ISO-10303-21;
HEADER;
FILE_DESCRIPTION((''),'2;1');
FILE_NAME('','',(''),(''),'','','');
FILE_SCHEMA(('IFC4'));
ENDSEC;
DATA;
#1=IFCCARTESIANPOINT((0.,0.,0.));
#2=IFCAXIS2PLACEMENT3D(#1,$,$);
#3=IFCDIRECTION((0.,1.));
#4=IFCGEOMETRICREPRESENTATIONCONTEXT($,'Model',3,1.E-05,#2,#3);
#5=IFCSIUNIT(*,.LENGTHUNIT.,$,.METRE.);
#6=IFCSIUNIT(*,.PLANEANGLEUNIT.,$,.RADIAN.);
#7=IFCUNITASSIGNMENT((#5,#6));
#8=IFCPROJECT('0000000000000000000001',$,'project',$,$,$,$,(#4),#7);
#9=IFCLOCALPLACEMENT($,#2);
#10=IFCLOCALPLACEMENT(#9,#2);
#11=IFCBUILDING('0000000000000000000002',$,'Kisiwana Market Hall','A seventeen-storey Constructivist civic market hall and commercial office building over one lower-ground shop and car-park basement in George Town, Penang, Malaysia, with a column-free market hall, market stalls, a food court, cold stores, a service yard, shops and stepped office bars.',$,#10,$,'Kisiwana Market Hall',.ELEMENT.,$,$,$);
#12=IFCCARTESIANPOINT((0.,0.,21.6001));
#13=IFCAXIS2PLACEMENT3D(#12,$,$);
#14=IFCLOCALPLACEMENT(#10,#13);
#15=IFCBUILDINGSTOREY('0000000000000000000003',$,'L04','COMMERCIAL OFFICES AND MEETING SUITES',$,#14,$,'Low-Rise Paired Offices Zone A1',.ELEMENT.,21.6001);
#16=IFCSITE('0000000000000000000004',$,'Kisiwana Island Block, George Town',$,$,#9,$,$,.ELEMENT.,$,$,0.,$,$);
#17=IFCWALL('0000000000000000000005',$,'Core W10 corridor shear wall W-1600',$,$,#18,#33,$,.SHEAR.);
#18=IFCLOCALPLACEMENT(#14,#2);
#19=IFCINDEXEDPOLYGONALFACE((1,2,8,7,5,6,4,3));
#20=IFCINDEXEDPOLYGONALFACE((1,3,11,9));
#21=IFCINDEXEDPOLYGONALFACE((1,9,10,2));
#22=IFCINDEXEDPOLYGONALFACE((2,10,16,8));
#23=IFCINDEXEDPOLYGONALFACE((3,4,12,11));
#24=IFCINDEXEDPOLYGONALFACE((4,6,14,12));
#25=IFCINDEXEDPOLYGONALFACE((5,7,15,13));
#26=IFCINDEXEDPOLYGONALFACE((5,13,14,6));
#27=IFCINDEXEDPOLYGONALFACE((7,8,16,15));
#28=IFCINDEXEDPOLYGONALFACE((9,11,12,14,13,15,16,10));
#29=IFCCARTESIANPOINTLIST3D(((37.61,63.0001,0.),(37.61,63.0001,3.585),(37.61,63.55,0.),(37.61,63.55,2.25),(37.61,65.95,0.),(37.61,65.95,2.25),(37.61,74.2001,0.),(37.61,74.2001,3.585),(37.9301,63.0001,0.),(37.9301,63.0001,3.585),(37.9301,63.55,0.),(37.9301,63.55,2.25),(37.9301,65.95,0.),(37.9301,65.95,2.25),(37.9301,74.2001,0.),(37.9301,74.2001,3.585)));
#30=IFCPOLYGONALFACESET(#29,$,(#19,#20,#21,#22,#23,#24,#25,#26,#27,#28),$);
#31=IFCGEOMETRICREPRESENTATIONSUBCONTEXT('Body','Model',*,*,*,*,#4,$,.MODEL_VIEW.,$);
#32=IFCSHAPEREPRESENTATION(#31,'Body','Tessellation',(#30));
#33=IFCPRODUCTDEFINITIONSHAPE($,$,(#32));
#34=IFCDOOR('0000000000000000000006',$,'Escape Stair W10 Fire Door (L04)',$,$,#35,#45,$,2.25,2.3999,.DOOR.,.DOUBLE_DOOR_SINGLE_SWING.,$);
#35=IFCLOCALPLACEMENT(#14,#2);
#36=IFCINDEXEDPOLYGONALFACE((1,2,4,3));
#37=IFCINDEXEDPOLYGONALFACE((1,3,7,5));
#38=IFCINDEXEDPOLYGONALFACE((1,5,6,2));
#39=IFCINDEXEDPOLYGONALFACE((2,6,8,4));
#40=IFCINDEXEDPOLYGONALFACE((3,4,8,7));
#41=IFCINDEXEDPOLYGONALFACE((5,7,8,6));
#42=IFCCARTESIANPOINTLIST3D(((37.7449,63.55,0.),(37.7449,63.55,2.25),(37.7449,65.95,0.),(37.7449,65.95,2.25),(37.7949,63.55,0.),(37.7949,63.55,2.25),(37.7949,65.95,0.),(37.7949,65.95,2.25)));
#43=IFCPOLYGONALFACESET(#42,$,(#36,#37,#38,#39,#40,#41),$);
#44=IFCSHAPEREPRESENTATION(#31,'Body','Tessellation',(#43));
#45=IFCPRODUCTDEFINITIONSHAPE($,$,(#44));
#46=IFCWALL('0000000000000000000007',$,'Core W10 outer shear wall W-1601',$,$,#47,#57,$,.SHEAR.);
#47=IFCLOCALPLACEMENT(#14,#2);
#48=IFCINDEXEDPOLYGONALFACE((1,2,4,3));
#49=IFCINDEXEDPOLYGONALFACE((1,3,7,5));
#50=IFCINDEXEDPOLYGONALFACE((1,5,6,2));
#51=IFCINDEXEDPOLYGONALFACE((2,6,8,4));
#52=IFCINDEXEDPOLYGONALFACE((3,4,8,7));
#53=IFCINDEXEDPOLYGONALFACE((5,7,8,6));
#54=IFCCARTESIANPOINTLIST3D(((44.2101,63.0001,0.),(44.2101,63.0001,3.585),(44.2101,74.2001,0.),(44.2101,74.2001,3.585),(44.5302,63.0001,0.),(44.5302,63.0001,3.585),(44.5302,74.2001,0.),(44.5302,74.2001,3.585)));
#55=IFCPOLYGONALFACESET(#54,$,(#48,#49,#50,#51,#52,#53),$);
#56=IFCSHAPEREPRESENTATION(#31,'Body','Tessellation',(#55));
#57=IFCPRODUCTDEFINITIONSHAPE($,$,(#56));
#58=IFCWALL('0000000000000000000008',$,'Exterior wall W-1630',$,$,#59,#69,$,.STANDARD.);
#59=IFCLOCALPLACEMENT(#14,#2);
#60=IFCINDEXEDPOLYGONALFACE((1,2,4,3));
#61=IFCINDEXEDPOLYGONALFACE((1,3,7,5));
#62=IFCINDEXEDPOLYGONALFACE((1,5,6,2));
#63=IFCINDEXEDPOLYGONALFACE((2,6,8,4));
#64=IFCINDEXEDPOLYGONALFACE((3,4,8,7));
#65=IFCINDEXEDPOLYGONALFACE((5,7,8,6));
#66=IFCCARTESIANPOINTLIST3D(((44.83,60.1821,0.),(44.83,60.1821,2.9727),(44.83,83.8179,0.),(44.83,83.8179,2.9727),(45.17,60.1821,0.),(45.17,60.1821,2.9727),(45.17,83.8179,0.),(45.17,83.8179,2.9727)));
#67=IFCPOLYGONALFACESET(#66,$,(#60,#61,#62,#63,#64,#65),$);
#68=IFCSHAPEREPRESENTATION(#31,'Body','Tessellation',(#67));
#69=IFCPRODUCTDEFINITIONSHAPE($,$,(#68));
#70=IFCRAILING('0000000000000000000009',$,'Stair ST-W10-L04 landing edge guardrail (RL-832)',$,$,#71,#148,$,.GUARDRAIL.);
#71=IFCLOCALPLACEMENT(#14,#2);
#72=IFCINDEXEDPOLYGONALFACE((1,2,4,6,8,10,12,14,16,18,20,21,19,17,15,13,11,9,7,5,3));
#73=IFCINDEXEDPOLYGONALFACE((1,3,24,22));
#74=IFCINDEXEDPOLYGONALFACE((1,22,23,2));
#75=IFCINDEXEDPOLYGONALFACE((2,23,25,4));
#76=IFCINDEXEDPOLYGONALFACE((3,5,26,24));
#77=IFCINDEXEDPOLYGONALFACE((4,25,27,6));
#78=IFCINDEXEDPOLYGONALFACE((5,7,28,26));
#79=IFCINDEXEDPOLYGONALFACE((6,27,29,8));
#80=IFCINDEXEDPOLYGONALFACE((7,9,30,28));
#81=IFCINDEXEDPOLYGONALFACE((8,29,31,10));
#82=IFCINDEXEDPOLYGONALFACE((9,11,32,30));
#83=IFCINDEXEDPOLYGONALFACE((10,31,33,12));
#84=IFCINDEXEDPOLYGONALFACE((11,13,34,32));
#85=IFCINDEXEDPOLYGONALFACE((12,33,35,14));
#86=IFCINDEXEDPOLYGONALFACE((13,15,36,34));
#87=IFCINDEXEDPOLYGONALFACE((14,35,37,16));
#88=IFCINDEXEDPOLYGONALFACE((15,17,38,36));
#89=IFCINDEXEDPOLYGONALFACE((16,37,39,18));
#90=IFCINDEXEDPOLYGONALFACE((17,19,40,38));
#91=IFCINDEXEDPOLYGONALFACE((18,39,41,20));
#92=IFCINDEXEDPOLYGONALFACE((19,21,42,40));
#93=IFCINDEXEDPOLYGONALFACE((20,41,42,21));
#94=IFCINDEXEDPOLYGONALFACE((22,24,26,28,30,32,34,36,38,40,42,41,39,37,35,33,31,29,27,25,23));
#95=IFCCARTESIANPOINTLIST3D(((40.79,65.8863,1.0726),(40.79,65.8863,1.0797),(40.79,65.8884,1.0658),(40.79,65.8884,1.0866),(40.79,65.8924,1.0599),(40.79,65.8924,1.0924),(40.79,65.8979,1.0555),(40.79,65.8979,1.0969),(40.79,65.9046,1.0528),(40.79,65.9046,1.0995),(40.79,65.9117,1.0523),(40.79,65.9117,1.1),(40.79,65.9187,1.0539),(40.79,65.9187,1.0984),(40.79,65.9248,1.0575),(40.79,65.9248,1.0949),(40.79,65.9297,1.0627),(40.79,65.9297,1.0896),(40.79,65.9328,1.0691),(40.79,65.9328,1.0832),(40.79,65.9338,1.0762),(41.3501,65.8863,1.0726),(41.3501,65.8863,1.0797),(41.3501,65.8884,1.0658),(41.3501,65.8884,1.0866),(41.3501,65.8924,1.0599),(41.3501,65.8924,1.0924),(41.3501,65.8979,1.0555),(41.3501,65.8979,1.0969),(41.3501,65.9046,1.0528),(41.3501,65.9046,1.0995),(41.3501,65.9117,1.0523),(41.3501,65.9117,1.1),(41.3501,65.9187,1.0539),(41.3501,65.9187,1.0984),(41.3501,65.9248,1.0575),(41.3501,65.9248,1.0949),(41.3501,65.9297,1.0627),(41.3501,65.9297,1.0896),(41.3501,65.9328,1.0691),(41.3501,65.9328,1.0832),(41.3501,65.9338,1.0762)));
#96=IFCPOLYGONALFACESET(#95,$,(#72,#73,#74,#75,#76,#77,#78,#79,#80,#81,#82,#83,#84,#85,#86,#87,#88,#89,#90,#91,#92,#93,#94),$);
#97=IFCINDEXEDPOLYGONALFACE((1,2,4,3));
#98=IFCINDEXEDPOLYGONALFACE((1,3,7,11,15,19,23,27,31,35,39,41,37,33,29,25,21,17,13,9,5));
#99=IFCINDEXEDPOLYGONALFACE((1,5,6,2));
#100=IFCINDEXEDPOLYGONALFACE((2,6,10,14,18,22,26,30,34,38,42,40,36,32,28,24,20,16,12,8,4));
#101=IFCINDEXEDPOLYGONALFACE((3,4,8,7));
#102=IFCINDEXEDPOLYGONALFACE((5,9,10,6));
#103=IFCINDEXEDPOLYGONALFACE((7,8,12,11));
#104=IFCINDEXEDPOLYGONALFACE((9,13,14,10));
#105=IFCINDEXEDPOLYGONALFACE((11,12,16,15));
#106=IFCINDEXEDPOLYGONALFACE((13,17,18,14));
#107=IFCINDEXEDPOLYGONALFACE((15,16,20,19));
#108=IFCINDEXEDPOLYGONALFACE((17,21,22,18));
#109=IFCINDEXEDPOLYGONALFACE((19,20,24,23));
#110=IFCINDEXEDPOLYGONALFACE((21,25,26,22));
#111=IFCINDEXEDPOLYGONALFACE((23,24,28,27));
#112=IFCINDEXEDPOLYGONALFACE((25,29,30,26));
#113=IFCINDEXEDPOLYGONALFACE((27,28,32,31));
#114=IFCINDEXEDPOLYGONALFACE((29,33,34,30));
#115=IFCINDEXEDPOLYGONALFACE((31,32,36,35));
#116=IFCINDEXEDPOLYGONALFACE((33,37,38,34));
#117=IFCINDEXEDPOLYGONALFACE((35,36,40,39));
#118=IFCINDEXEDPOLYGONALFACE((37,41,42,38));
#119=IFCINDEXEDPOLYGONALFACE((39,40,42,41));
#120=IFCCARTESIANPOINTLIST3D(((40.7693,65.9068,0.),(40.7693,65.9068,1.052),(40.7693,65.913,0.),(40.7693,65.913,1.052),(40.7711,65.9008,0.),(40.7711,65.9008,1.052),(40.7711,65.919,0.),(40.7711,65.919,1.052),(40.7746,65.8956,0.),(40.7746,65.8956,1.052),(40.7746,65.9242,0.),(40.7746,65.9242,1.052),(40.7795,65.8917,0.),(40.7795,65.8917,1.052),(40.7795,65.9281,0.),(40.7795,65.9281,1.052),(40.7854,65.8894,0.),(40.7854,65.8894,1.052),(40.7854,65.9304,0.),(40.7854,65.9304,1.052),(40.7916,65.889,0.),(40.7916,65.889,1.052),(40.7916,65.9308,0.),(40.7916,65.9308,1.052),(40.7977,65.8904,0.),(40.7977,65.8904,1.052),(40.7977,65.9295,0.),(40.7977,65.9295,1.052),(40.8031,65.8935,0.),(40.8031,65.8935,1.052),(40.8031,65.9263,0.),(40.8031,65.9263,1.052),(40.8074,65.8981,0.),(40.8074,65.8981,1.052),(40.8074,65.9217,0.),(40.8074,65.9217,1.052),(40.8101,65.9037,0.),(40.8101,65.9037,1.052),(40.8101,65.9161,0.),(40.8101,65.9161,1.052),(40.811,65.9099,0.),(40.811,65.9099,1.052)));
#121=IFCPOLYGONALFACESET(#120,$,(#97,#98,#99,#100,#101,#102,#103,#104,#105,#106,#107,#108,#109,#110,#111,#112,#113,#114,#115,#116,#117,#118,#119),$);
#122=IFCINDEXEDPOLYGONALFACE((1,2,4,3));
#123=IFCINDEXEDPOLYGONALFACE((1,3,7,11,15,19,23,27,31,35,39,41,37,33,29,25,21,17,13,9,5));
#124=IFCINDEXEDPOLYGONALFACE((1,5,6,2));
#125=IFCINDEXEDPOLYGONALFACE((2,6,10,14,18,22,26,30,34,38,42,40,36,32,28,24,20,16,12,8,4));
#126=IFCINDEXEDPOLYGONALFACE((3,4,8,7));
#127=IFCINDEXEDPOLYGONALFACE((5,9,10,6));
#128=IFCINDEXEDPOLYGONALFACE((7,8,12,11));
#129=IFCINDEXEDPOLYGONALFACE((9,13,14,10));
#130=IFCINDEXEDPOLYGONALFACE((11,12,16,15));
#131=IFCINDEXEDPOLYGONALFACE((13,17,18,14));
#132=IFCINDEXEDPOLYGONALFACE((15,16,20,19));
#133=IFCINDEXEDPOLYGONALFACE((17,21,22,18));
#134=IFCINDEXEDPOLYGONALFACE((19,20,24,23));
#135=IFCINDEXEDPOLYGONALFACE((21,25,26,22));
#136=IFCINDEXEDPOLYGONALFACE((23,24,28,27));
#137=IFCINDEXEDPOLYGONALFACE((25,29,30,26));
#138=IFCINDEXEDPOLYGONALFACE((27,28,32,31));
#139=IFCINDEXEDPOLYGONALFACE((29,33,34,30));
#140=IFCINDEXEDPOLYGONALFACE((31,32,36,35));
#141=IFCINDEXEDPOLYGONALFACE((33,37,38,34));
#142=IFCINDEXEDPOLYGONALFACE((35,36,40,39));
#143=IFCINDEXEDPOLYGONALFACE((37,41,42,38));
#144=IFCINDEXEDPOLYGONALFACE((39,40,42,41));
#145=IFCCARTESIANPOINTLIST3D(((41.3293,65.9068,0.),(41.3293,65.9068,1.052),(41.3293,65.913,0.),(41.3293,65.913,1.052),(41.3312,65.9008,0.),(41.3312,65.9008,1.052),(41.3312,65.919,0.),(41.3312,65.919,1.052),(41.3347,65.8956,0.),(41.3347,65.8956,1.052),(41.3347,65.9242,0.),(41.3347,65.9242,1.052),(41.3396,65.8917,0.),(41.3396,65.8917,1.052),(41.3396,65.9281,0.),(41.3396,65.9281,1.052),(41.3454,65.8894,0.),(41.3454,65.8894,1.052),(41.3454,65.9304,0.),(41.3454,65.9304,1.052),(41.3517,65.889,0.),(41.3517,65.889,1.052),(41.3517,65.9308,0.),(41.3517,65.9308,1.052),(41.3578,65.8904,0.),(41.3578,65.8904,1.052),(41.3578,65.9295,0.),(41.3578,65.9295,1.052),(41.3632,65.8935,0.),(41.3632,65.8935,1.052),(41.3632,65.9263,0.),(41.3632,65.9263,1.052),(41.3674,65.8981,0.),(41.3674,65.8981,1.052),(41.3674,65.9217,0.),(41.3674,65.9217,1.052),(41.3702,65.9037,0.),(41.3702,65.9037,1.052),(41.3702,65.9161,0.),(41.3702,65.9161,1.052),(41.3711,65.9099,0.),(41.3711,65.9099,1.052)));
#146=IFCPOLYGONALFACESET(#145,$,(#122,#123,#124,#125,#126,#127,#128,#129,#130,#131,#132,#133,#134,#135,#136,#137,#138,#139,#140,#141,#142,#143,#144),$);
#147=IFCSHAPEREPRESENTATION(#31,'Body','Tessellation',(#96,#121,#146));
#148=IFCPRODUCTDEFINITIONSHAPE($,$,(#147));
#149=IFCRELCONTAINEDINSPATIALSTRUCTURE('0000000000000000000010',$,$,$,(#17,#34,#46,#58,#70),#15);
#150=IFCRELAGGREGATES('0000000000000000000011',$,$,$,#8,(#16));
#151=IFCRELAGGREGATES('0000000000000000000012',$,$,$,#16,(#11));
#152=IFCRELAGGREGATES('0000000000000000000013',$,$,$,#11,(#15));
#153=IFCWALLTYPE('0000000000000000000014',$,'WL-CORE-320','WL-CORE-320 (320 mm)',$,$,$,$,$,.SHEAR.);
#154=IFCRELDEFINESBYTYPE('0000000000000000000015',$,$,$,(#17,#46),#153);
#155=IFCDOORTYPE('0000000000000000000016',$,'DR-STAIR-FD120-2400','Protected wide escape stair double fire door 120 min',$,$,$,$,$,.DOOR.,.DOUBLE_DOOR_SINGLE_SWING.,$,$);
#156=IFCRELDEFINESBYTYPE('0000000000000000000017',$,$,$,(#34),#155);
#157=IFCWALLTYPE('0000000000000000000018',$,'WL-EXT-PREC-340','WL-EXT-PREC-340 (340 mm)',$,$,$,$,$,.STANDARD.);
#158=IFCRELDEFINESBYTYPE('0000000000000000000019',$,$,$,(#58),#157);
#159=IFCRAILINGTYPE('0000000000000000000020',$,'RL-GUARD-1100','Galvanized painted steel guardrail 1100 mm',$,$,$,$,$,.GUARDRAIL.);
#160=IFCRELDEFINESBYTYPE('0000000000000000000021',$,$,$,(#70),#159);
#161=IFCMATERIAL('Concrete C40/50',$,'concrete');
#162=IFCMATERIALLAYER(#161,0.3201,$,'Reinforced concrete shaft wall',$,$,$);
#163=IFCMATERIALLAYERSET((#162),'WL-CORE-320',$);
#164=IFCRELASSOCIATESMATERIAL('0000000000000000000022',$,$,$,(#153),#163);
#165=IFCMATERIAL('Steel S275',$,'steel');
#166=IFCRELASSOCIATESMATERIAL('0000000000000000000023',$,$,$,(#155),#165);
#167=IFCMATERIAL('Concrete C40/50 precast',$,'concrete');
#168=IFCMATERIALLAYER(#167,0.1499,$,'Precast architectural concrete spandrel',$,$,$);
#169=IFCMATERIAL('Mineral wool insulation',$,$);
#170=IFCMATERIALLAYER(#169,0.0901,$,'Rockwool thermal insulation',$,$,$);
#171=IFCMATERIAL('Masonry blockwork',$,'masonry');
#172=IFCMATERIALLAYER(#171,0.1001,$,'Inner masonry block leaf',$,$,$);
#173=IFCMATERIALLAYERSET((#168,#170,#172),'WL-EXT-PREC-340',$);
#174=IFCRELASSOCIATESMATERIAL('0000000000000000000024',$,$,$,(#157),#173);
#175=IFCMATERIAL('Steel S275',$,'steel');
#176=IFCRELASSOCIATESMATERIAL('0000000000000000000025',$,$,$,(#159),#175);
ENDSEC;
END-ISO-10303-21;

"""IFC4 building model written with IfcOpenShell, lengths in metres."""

from ifc_helpers import new_model, si_unit, direction, frame, frame_2d, origin, origin_2d, place, context, subcontext, project, spatial, rectangle, circle, extrude, material, layer, layer_set, type_object, element, fill, save


model = new_model("IFC4")

# Units and contexts
model_context = context("Model", 3, precision=1e-05, world=origin(), true_north=direction((0.0, 1.0)))
body_context = subcontext(model_context, "Body", "Model", "MODEL_VIEW")
ifc_project = project(units=[si_unit("LENGTHUNIT", "METRE"), si_unit("PLANEANGLEUNIT", "RADIAN")], contexts=[model_context])

# Site, building, storey
site_placement = place(None, origin())
site = spatial("IfcSite", under=ifc_project, at=site_placement, Name="Kisiwana Island Block, George Town", CompositionType="ELEMENT", RefElevation=0.0)
building_placement = place(site_placement, origin())
building = spatial("IfcBuilding", under=site, at=building_placement, Name="Kisiwana Market Hall", Description="A seventeen-storey Constructivist civic market hall and commercial office building over one lower-ground shop and car-park basement in George Town, Penang, Malaysia, with a column-free market hall, market stalls, a food court, cold stores, a service yard, shops and stepped office bars.", LongName="Kisiwana Market Hall", CompositionType="ELEMENT")
storey_placement = place(building_placement, frame((0.0, 0.0, 21.6001)))
storey = spatial("IfcBuildingStorey", under=building, at=storey_placement, Name="L04", Description="COMMERCIAL OFFICES AND MEETING SUITES", LongName="Low-Rise Paired Offices Zone A1", CompositionType="ELEMENT", Elevation=21.6001)

# Shared definitions
ifc_material_1 = material(Name="Concrete C40/50", Category="concrete")
ifc_layer_1 = layer(ifc_material_1, 0.3201, Name="Reinforced concrete shaft wall")
ifc_layer_set_1 = layer_set([ifc_layer_1], Name="WL-CORE-320")
wall_type_1 = type_object("IfcWallType", Name="WL-CORE-320", Description="WL-CORE-320 (320 mm)", PredefinedType="SHEAR", material=ifc_layer_set_1)

# Wall, opening, door
wall_1_placement = place(storey_placement, frame((37.77, 63.0, 0.0), z_axis=(0.0, 0.0, 1.0), x_axis=(0.0, 1.0, 0.0)))
wall_1 = element("IfcWall", 1, at=wall_1_placement, inside=storey, type_object=wall_type_1, Name="Core W10 corridor shear wall W-1600", PredefinedType="SHEAR", context=body_context, shape_type="SweptSolid", body=[
    extrude(rectangle(XDim=11.2, YDim=0.3201, at=frame_2d((5.6001, 0.0))), origin(), (0.0, 0.0, 1.0), 3.585),
])
opening_placement = place(wall_1_placement, frame((0.55, 0.0, 0.0)))
opening = element("IfcOpeningElement", 2, at=opening_placement, cuts=wall_1, PredefinedType="OPENING", context=body_context, shape_type="SweptSolid", body=[
    extrude(rectangle(XDim=2.3999, YDim=2.25, at=frame_2d((1.2, 1.125))), frame((0.0, 0.1719, 0.0), z_axis=(0.0, -1.0, 0.0), x_axis=(1.0, 0.0, 0.0)), (0.0, 0.0, 1.0), 0.344),
])
ifc_material_2 = material(Name="Steel S275", Category="steel")
door_type = type_object("IfcDoorType", Name="DR-STAIR-FD120-2400", Description="Protected wide escape stair double fire door 120 min", OperationType="DOUBLE_DOOR_SINGLE_SWING", PredefinedType="DOOR", material=ifc_material_2)
door_placement = place(opening_placement, frame((2.3999, 0.0, 0.0), z_axis=(0.0, 0.0, 1.0), x_axis=(-1.0, 0.0, 0.0)))
door = element("IfcDoor", 3, at=door_placement, inside=storey, type_object=door_type, Name="Escape Stair W10 Fire Door (L04)", OperationType="DOUBLE_DOOR_SINGLE_SWING", OverallHeight=2.25, OverallWidth=2.3999, PredefinedType="DOOR", context=body_context, shape_type="SweptSolid", body=[
    extrude(rectangle(XDim=2.3999, YDim=2.25, at=frame_2d((1.2, 1.125))), frame((0.0, 0.0249, 0.0), z_axis=(0.0, -1.0, 0.0), x_axis=(1.0, 0.0, 0.0)), (0.0, 0.0, 1.0), 0.05),
])
fill(opening, door)

# Walls
wall_2_placement = place(storey_placement, frame((44.3701, 63.0, 0.0), z_axis=(0.0, 0.0, 1.0), x_axis=(0.0, 1.0, 0.0)))
element("IfcWall", 4, at=wall_2_placement, inside=storey, type_object=wall_type_1, Name="Core W10 outer shear wall W-1601", PredefinedType="SHEAR", context=body_context, shape_type="SweptSolid", body=[
    extrude(rectangle(XDim=11.2, YDim=0.3201, at=frame_2d((5.6001, 0.0))), origin(), (0.0, 0.0, 1.0), 3.585),
])
ifc_material_3 = material(Name="Concrete C40/50 precast", Category="concrete")
ifc_layer_2 = layer(ifc_material_3, 0.1499, Name="Precast architectural concrete spandrel")
ifc_material_4 = material(Name="Mineral wool insulation")
ifc_layer_3 = layer(ifc_material_4, 0.0901, Name="Rockwool thermal insulation")
ifc_material_5 = material(Name="Masonry blockwork", Category="masonry")
ifc_layer_4 = layer(ifc_material_5, 0.1001, Name="Inner masonry block leaf")
ifc_layer_set_2 = layer_set([ifc_layer_2, ifc_layer_3, ifc_layer_4], Name="WL-EXT-PREC-340")
wall_type_2 = type_object("IfcWallType", Name="WL-EXT-PREC-340", Description="WL-EXT-PREC-340 (340 mm)", PredefinedType="STANDARD", material=ifc_layer_set_2)
wall_3_placement = place(storey_placement, frame((45.0, 60.1821, 0.0), z_axis=(0.0, 0.0, 1.0), x_axis=(0.0, 1.0, 0.0)))
element("IfcWall", 5, at=wall_3_placement, inside=storey, type_object=wall_type_2, Name="Exterior wall W-1630", PredefinedType="STANDARD", context=body_context, shape_type="SweptSolid", body=[
    extrude(rectangle(XDim=23.6357, YDim=0.3401, at=frame_2d((11.8179, 0.0))), origin(), (0.0, 0.0, 1.0), 2.9727),
])

# Railing
ifc_material_6 = material(Name="Steel S275", Category="steel")
railing_type_1 = type_object("IfcRailingType", Name="RL-GUARD-1100", Description="Galvanized painted steel guardrail 1100 mm", PredefinedType="GUARDRAIL", material=ifc_material_6)
railing_1_placement = place(storey_placement, frame((40.79, 65.9099, 0.0)))
element("IfcRailing", 6, at=railing_1_placement, inside=storey, type_object=railing_type_1, Name="Stair ST-W10-L04 landing edge guardrail (RL-832)", PredefinedType="GUARDRAIL", context=body_context, shape_type="SweptSolid", body=[
    extrude(circle(Radius=0.0239, at=origin_2d()), frame((0.0, 0.0, 1.0762), z_axis=(1.0, 0.0, 0.0), x_axis=(0.0, 1.0, 0.0)), (0.0, 0.0, 1.0), 0.5601),
    extrude(circle(Radius=0.021, at=origin_2d()), origin(), (0.0, 0.0, 1.0), 1.052),
    extrude(circle(Radius=0.021, at=origin_2d()), frame((0.5601, 0.0, 0.0)), (0.0, 0.0, 1.0), 1.052),
])

save(model, "model.ifc")
